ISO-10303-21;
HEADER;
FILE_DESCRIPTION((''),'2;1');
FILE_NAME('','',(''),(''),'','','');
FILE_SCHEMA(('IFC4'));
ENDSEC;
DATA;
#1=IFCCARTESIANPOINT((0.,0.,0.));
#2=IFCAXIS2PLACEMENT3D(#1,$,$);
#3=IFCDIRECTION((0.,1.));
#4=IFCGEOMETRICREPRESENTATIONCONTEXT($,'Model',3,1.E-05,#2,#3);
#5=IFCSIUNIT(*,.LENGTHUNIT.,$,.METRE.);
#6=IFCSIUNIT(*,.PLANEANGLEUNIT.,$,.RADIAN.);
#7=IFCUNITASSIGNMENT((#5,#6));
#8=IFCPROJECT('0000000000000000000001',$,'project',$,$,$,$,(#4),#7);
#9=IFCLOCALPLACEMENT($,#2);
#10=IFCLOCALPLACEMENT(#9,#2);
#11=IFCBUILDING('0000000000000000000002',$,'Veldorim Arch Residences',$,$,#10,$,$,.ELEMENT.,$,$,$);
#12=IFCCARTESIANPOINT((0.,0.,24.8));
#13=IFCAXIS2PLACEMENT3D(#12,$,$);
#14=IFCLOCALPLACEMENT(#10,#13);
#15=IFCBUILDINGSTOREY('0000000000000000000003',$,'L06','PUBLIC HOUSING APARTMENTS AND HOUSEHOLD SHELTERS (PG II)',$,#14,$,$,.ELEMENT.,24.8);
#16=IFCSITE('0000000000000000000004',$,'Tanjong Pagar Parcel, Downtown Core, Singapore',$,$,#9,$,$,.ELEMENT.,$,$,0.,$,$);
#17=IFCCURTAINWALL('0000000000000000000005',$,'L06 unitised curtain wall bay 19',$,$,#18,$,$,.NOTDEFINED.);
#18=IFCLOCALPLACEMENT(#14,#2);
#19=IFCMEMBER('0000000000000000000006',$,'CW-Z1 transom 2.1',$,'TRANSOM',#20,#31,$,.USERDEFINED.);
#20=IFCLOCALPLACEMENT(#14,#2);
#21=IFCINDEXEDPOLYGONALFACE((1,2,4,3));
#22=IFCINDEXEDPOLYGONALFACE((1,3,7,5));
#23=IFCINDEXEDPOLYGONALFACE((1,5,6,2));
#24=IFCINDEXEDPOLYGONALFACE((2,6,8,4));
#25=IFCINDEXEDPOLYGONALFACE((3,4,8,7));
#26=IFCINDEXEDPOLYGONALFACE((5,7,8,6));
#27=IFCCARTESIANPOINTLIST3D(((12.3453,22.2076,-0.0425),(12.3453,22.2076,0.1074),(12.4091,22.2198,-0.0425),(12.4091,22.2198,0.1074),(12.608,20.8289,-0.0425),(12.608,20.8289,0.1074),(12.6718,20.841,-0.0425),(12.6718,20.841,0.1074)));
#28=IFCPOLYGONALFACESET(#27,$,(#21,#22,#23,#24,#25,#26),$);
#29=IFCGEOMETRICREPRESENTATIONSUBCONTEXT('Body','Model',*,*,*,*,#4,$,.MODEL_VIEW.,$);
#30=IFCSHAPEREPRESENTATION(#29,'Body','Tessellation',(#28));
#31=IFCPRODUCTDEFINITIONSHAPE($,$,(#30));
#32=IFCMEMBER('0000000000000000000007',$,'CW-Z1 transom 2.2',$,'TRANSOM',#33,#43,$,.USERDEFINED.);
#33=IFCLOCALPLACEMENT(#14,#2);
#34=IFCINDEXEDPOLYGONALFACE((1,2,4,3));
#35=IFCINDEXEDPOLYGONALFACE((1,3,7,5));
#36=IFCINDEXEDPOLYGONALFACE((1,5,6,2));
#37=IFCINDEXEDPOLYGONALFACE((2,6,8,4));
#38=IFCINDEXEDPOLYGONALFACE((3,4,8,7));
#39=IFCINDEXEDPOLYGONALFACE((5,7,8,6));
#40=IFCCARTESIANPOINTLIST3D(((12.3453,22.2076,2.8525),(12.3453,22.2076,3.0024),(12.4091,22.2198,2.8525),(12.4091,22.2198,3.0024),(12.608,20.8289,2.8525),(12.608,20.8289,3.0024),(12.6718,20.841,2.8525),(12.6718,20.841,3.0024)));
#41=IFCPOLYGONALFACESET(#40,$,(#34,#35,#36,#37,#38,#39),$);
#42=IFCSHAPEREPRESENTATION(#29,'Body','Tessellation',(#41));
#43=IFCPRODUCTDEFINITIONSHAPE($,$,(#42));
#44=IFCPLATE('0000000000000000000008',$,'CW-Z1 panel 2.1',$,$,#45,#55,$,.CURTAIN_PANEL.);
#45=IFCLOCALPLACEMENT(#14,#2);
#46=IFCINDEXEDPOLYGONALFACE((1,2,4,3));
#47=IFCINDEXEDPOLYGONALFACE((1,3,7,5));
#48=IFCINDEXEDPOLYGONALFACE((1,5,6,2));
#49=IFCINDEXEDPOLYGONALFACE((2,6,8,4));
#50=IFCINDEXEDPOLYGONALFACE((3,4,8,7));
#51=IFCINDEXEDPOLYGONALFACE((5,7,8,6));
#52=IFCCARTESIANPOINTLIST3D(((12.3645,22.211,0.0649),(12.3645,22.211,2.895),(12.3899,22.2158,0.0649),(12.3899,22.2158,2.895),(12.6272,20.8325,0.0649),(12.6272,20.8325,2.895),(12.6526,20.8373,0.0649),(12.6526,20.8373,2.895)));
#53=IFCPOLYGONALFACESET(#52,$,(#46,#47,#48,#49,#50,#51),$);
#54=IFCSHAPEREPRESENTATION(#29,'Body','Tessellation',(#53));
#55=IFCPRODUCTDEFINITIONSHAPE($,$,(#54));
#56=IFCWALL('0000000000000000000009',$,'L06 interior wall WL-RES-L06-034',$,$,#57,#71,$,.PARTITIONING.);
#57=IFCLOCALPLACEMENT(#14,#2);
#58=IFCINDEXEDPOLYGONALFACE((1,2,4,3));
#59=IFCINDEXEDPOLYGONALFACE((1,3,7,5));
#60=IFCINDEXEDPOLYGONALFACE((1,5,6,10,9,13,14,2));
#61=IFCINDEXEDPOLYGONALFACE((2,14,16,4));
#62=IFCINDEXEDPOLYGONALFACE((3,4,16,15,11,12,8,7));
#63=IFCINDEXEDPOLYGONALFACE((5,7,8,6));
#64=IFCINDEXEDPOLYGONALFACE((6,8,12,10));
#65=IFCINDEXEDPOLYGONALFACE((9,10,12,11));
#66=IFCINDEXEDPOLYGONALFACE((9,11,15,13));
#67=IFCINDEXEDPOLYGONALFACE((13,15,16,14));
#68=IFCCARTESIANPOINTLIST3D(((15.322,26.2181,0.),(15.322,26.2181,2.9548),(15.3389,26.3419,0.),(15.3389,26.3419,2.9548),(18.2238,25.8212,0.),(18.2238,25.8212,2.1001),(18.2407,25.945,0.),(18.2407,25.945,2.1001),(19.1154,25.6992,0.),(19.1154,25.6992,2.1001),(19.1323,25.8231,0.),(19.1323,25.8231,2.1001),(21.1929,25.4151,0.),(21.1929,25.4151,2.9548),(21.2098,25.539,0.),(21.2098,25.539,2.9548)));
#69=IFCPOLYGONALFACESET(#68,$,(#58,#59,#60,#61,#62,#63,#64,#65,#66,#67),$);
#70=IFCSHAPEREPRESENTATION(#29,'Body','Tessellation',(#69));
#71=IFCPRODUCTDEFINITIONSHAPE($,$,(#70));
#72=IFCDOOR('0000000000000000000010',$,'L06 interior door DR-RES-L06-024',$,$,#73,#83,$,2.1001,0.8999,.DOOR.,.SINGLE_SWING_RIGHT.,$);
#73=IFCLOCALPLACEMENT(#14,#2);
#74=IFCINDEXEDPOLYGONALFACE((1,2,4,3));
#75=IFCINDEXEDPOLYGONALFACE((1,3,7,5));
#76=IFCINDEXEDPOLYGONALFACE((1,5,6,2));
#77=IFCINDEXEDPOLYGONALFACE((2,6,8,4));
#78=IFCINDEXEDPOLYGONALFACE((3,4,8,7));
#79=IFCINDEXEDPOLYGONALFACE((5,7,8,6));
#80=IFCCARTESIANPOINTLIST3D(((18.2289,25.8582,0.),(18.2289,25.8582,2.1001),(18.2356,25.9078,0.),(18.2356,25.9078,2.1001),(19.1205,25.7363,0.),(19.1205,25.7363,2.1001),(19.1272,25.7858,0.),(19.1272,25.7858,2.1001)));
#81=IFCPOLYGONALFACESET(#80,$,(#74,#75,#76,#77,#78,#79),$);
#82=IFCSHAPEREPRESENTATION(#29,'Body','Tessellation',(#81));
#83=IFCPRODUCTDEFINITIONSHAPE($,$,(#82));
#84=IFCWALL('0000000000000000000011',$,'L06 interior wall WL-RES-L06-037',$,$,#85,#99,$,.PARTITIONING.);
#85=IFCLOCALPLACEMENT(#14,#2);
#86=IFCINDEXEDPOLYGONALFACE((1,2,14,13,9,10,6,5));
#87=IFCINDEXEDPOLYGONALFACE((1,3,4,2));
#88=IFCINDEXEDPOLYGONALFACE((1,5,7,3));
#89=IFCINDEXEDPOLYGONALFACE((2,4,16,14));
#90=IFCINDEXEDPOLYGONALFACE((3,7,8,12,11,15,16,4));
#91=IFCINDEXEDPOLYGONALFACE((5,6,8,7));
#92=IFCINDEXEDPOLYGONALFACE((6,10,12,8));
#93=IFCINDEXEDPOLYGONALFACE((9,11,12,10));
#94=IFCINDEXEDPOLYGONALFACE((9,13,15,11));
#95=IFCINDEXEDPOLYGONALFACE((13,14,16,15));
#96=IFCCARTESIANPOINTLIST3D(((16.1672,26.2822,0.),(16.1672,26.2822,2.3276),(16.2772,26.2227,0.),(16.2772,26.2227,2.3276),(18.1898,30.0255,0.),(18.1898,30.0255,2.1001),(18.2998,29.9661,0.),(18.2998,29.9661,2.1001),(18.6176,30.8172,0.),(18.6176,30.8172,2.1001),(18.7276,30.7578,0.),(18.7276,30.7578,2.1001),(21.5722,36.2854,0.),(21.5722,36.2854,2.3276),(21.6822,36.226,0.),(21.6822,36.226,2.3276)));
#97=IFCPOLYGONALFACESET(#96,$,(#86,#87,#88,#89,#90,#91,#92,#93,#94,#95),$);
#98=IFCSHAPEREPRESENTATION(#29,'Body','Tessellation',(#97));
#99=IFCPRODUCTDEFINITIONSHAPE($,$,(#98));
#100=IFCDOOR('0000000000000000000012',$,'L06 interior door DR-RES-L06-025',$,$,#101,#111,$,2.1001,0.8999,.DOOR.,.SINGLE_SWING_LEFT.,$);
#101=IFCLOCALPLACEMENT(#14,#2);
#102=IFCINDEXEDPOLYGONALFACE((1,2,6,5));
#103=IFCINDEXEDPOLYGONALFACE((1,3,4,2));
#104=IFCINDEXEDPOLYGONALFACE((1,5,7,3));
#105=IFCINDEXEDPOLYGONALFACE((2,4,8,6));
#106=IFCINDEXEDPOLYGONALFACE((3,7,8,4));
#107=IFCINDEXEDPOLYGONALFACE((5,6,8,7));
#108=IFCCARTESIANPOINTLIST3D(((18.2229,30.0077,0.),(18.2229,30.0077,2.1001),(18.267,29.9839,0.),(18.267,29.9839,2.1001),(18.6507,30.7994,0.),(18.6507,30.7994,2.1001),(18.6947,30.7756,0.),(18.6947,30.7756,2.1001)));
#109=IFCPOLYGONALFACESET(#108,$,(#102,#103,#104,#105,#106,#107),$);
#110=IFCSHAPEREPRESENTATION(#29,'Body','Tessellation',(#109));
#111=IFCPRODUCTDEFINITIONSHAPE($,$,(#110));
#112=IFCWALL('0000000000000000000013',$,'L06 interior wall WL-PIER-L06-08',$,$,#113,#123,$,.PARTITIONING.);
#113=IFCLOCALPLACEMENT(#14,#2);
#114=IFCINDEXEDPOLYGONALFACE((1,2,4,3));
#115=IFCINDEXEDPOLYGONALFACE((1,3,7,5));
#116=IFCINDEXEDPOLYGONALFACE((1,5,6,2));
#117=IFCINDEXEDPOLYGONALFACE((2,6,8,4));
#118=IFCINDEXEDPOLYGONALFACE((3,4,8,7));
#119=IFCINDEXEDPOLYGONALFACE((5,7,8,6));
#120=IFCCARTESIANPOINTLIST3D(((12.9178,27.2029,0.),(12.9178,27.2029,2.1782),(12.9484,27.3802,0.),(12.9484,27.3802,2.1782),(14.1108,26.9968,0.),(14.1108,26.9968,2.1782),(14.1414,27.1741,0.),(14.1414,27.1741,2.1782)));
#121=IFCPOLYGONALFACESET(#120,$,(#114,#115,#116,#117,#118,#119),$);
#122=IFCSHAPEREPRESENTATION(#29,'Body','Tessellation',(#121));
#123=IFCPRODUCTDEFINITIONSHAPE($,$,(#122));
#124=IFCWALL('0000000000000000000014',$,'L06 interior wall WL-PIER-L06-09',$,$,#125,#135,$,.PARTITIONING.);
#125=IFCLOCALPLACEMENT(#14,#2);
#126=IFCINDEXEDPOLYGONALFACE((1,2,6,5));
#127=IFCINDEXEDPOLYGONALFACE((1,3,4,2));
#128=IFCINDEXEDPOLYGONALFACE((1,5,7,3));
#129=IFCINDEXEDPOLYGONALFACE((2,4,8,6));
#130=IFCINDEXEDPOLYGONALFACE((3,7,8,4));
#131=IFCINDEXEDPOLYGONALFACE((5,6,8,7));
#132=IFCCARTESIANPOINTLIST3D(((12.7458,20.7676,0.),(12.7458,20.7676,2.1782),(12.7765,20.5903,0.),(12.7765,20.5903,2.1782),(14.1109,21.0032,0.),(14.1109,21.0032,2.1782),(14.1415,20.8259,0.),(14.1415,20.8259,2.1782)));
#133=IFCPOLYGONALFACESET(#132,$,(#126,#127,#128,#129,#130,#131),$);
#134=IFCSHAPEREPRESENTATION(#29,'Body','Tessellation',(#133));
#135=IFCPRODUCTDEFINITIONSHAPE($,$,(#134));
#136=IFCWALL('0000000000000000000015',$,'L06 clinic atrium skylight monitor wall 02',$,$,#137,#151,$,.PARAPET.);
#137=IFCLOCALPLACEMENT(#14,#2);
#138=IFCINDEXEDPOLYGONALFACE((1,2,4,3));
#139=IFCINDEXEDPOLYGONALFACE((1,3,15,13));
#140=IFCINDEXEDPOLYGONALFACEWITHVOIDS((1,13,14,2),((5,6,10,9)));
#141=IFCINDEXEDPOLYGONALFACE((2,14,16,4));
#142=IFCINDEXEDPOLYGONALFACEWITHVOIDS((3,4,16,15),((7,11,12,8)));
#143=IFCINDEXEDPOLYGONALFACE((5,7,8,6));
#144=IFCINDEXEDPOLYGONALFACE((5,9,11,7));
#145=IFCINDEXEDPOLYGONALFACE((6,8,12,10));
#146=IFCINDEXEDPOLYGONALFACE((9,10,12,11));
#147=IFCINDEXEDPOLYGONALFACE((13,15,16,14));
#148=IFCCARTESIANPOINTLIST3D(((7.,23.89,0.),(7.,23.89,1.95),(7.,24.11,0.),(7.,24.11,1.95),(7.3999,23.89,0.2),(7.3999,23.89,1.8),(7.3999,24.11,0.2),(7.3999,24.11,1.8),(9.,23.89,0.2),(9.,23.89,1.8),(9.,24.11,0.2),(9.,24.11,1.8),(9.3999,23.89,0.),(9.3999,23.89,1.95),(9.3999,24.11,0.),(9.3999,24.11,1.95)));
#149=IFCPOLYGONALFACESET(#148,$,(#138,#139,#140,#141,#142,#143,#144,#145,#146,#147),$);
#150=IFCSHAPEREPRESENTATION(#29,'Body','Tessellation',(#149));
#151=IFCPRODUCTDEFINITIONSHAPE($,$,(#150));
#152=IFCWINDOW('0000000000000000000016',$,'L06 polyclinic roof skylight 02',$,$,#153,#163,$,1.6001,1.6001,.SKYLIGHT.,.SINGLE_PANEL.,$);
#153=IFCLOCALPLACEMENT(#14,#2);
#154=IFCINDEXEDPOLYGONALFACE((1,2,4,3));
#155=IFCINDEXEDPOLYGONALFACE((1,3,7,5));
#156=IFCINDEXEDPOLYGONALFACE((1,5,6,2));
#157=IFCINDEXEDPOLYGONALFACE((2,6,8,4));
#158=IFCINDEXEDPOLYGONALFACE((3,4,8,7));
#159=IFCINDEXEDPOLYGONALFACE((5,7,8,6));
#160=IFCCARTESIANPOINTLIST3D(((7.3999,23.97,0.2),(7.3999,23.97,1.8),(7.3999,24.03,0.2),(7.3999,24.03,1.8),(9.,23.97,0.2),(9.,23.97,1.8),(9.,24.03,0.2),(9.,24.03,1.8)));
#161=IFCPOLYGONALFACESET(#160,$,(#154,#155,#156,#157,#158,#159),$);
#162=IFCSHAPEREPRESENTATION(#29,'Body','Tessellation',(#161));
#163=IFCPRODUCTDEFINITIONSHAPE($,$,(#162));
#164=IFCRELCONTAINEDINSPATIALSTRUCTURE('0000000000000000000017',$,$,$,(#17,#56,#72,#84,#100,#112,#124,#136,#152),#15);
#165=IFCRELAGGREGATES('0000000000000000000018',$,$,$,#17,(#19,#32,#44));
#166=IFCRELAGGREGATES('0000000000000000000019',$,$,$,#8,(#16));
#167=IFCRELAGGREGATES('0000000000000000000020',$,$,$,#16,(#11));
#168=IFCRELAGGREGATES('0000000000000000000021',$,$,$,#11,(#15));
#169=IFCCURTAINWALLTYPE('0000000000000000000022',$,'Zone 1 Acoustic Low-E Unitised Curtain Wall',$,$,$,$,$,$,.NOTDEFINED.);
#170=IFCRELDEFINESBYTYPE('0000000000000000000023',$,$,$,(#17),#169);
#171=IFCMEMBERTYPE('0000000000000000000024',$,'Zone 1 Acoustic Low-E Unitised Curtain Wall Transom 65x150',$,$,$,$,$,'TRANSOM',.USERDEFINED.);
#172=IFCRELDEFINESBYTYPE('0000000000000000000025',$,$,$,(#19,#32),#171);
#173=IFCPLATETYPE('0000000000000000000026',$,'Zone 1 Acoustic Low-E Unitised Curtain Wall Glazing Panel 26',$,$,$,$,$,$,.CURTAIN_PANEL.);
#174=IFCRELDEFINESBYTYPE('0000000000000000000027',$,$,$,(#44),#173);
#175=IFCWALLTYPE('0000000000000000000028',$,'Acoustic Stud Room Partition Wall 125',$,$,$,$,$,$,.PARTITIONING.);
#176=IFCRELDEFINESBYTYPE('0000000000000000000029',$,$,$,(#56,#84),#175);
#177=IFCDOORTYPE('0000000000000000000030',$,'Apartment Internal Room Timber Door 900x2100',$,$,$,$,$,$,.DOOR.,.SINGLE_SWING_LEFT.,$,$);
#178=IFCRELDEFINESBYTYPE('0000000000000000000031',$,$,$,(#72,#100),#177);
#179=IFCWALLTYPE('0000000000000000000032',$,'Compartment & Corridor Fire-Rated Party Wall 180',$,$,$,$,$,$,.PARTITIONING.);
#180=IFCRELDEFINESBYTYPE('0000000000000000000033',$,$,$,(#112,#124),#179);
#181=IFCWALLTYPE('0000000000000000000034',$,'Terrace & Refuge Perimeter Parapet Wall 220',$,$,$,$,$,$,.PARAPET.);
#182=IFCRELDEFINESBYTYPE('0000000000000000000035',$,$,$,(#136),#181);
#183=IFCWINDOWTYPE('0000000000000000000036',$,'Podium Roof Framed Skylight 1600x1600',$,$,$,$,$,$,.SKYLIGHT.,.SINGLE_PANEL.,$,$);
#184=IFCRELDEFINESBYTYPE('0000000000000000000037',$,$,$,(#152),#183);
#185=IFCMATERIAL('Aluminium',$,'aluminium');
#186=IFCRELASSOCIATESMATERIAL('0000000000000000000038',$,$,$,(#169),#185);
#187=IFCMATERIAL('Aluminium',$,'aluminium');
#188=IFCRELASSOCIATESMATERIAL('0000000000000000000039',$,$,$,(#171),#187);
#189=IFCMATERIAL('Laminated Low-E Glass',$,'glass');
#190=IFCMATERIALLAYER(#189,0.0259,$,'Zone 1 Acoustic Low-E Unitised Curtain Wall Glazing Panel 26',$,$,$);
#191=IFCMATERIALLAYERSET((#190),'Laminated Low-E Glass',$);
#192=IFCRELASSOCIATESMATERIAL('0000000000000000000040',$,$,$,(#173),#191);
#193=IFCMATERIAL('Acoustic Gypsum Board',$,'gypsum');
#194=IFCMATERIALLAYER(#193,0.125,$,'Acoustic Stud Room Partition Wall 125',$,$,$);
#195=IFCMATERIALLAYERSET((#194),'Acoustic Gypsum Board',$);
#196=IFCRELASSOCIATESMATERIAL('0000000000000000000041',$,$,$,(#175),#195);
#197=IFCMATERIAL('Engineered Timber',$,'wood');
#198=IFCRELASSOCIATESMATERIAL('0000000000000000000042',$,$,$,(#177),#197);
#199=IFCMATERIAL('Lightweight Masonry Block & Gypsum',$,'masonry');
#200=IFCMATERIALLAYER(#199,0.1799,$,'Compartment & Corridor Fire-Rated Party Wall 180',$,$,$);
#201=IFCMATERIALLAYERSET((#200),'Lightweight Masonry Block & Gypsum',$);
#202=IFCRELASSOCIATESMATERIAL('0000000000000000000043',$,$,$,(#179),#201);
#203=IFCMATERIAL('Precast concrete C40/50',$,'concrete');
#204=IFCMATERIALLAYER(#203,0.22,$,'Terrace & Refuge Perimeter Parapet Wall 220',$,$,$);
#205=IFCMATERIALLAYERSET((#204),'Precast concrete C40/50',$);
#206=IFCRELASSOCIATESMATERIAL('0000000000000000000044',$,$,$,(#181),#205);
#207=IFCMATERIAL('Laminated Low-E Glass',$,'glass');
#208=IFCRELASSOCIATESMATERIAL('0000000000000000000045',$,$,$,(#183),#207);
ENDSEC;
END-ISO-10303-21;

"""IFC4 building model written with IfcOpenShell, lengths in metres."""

from ifc_helpers import new_model, si_unit, direction, frame, frame_2d, origin, origin_2d, place, context, subcontext, project, spatial, rectangle, extrude, material, layer, layer_set, material_profile, profile_set, type_object, element, fill, aggregate, save


model = new_model("IFC4")

# Units and contexts
model_context = context("Model", 3, precision=1e-05, world=origin(), true_north=direction((0.0, 1.0)))
body_context = subcontext(model_context, "Body", "Model", "MODEL_VIEW")
ifc_project = project(units=[si_unit("LENGTHUNIT", "METRE"), si_unit("PLANEANGLEUNIT", "RADIAN")], contexts=[model_context])

# Site, building, storey
site_placement = place(None, origin())
site = spatial("IfcSite", under=ifc_project, at=site_placement, Name="Tanjong Pagar Parcel, Downtown Core, Singapore", CompositionType="ELEMENT", RefElevation=0.0)
building_placement = place(site_placement, origin())
building = spatial("IfcBuilding", under=site, at=building_placement, Name="Veldorim Arch Residences", CompositionType="ELEMENT")
storey_placement = place(building_placement, frame((0.0, 0.0, 24.8)))
storey = spatial("IfcBuildingStorey", under=building, at=storey_placement, Name="L06", Description="PUBLIC HOUSING APARTMENTS AND HOUSEHOLD SHELTERS (PG II)", CompositionType="ELEMENT", Elevation=24.8)

# Shared definitions
ifc_material_1 = material(Name="Aluminium", Category="aluminium")
curtain_wall_type = type_object("IfcCurtainWallType", Name="Zone 1 Acoustic Low-E Unitised Curtain Wall", PredefinedType="NOTDEFINED", material=ifc_material_1)

# Curtain wall
curtain_wall_1_placement = place(storey_placement, origin())
curtain_wall_1 = element("IfcCurtainWall", 1, at=curtain_wall_1_placement, inside=storey, type_object=curtain_wall_type, Name="L06 unitised curtain wall bay 19", PredefinedType="NOTDEFINED")

# Members
ifc_material_2 = material(Name="Aluminium", Category="aluminium")
ifc_material_profile_1 = material_profile(ifc_material_2, rectangle(XDim=0.0649, YDim=0.1499, at=origin_2d()), Name="ALU_TRN_65x150")
ifc_profile_set_1 = profile_set([ifc_material_profile_1], Name="Aluminium")
member_type_1 = type_object("IfcMemberType", Name="Zone 1 Acoustic Low-E Unitised Curtain Wall Transom 65x150", ElementType="TRANSOM", PredefinedType="USERDEFINED", material=ifc_profile_set_1)
member_1_placement = place(storey_placement, frame((12.6399, 20.835, 0.0325), z_axis=(-0.187176, 0.982326, 0.0), x_axis=(-0.982326, -0.187176, 0.0)))
member_1 = element("IfcMember", 2, at=member_1_placement, type_object=member_type_1, Name="CW-Z1 transom 2.1", ObjectType="TRANSOM", PredefinedType="USERDEFINED", context=body_context, shape_type="SweptSolid", body=[
    extrude(rectangle(XDim=0.0649, YDim=0.1499, at=origin_2d()), origin(), (0.0, 0.0, 1.0), 1.4036),
])
member_2_placement = place(storey_placement, frame((12.6399, 20.835, 2.9275), z_axis=(-0.187176, 0.982326, 0.0), x_axis=(-0.982326, -0.187176, 0.0)))
member_2 = element("IfcMember", 3, at=member_2_placement, type_object=member_type_1, Name="CW-Z1 transom 2.2", ObjectType="TRANSOM", PredefinedType="USERDEFINED", context=body_context, shape_type="SweptSolid", body=[
    extrude(rectangle(XDim=0.0649, YDim=0.1499, at=origin_2d()), origin(), (0.0, 0.0, 1.0), 1.4036),
])

# Plate
ifc_material_3 = material(Name="Laminated Low-E Glass", Category="glass")
ifc_layer_1 = layer(ifc_material_3, 0.0259, Name="Zone 1 Acoustic Low-E Unitised Curtain Wall Glazing Panel 26")
ifc_layer_set_1 = layer_set([ifc_layer_1], Name="Laminated Low-E Glass")
plate_type = type_object("IfcPlateType", Name="Zone 1 Acoustic Low-E Unitised Curtain Wall Glazing Panel 26", PredefinedType="CURTAIN_PANEL", material=ifc_layer_set_1)
plate_placement = place(storey_placement, frame((12.5085, 21.5242, 0.0649), z_axis=(0.0, 0.0, 1.0), x_axis=(-0.187222, 0.982318, 0.0)))
plate = element("IfcPlate", 4, at=plate_placement, type_object=plate_type, Name="CW-Z1 panel 2.1", PredefinedType="CURTAIN_PANEL", context=body_context, shape_type="SweptSolid", body=[
    extrude(rectangle(XDim=1.4033, YDim=0.0259, at=origin_2d()), origin(), (0.0, 0.0, 1.0), 2.8301),
])
aggregate(curtain_wall_1, [member_1, member_2, plate])

# Walls, openings, doors
ifc_material_4 = material(Name="Acoustic Gypsum Board", Category="gypsum")
ifc_layer_2 = layer(ifc_material_4, 0.125, Name="Acoustic Stud Room Partition Wall 125")
ifc_layer_set_2 = layer_set([ifc_layer_2], Name="Acoustic Gypsum Board")
wall_type_1 = type_object("IfcWallType", Name="Acoustic Stud Room Partition Wall 125", PredefinedType="PARTITIONING", material=ifc_layer_set_2)
wall_1_placement = place(storey_placement, frame((15.3303, 26.28, 0.0), z_axis=(0.0, 0.0, 1.0), x_axis=(0.990776, -0.135512, 0.0)))
wall_1 = element("IfcWall", 5, at=wall_1_placement, inside=storey, type_object=wall_type_1, Name="L06 interior wall WL-RES-L06-034", PredefinedType="PARTITIONING", context=body_context, shape_type="SweptSolid", body=[
    extrude(rectangle(XDim=5.9255, YDim=0.125, at=frame_2d((2.9629, 0.0))), origin(), (0.0, 0.0, 1.0), 2.9548),
])
opening_1_placement = place(wall_1_placement, frame((2.929, 0.0, 0.0)))
opening_1 = element("IfcOpeningElement", 6, at=opening_1_placement, cuts=wall_1, PredefinedType="OPENING", context=body_context, shape_type="SweptSolid", body=[
    extrude(rectangle(XDim=0.8999, YDim=2.1001, at=frame_2d((0.45, 1.05))), frame((0.0, 0.0725, 0.0), z_axis=(0.0, -1.0, 0.0), x_axis=(1.0, 0.0, 0.0)), (0.0, 0.0, 1.0), 0.145),
])
ifc_material_5 = material(Name="Engineered Timber", Category="wood")
door_type_1 = type_object("IfcDoorType", Name="Apartment Internal Room Timber Door 900x2100", OperationType="SINGLE_SWING_LEFT", PredefinedType="DOOR", material=ifc_material_5)
door_1_placement = place(opening_1_placement, origin())
door_1 = element("IfcDoor", 7, at=door_1_placement, inside=storey, type_object=door_type_1, Name="L06 interior door DR-RES-L06-024", OperationType="SINGLE_SWING_RIGHT", OverallHeight=2.1001, OverallWidth=0.8999, PredefinedType="DOOR", context=body_context, shape_type="SweptSolid", body=[
    extrude(rectangle(XDim=0.8999, YDim=2.1001, at=frame_2d((0.45, 1.05))), frame((0.0, 0.0249, 0.0), z_axis=(0.0, -1.0, 0.0), x_axis=(1.0, 0.0, 0.0)), (0.0, 0.0, 1.0), 0.05),
])
fill(opening_1, door_1)
wall_2_placement = place(storey_placement, frame((16.2222, 26.2524, 0.0), z_axis=(0.0, 0.0, 1.0), x_axis=(0.475375, 0.879783, 0.0)))
wall_2 = element("IfcWall", 8, at=wall_2_placement, inside=storey, type_object=wall_type_1, Name="L06 interior wall WL-RES-L06-037", PredefinedType="PARTITIONING", context=body_context, shape_type="SweptSolid", body=[
    extrude(rectangle(XDim=11.3701, YDim=0.125, at=frame_2d((5.6851, 0.0))), origin(), (0.0, 0.0, 1.0), 2.3276),
])
opening_2_placement = place(wall_2_placement, frame((4.2549, 0.0, 0.0)))
opening_2 = element("IfcOpeningElement", 9, at=opening_2_placement, cuts=wall_2, PredefinedType="OPENING", context=body_context, shape_type="SweptSolid", body=[
    extrude(rectangle(XDim=0.8999, YDim=2.1001, at=frame_2d((0.45, 1.05))), frame((0.0, 0.0725, 0.0), z_axis=(0.0, -1.0, 0.0), x_axis=(1.0, 0.0, 0.0)), (0.0, 0.0, 1.0), 0.145),
])
door_2_placement = place(opening_2_placement, origin())
door_2 = element("IfcDoor", 10, at=door_2_placement, inside=storey, type_object=door_type_1, Name="L06 interior door DR-RES-L06-025", OperationType="SINGLE_SWING_LEFT", OverallHeight=2.1001, OverallWidth=0.8999, PredefinedType="DOOR", context=body_context, shape_type="SweptSolid", body=[
    extrude(rectangle(XDim=0.8999, YDim=2.1001, at=frame_2d((0.45, 1.05))), frame((0.0, 0.0249, 0.0), z_axis=(0.0, -1.0, 0.0), x_axis=(1.0, 0.0, 0.0)), (0.0, 0.0, 1.0), 0.05),
])
fill(opening_2, door_2)

# Walls
ifc_material_6 = material(Name="Lightweight Masonry Block & Gypsum", Category="masonry")
ifc_layer_3 = layer(ifc_material_6, 0.1799, Name="Compartment & Corridor Fire-Rated Party Wall 180")
ifc_layer_set_3 = layer_set([ifc_layer_3], Name="Lightweight Masonry Block & Gypsum")
wall_type_2 = type_object("IfcWallType", Name="Compartment & Corridor Fire-Rated Party Wall 180", PredefinedType="PARTITIONING", material=ifc_layer_set_3)
wall_3_placement = place(storey_placement, frame((14.1262, 27.0854, 0.0), z_axis=(0.0, 0.0, 1.0), x_axis=(-0.985412, 0.170184, 0.0)))
element("IfcWall", 11, at=wall_3_placement, inside=storey, type_object=wall_type_2, Name="L06 interior wall WL-PIER-L06-08", PredefinedType="PARTITIONING", context=body_context, shape_type="SweptSolid", body=[
    extrude(rectangle(XDim=1.2107, YDim=0.1799, at=frame_2d((0.6055, 0.0))), origin(), (0.0, 0.0, 1.0), 2.1782),
])
wall_4_placement = place(storey_placement, frame((14.1262, 20.9146, 0.0), z_axis=(0.0, 0.0, 1.0), x_axis=(-0.98543, -0.170084, 0.0)))
element("IfcWall", 12, at=wall_4_placement, inside=storey, type_object=wall_type_2, Name="L06 interior wall WL-PIER-L06-09", PredefinedType="PARTITIONING", context=body_context, shape_type="SweptSolid", body=[
    extrude(rectangle(XDim=1.3853, YDim=0.1799, at=frame_2d((0.6926, 0.0))), origin(), (0.0, 0.0, 1.0), 2.1782),
])

# Wall, opening, window
ifc_material_7 = material(Name="Precast concrete C40/50", Category="concrete")
ifc_layer_4 = layer(ifc_material_7, 0.22, Name="Terrace & Refuge Perimeter Parapet Wall 220")
ifc_layer_set_4 = layer_set([ifc_layer_4], Name="Precast concrete C40/50")
wall_type_3 = type_object("IfcWallType", Name="Terrace & Refuge Perimeter Parapet Wall 220", PredefinedType="PARAPET", material=ifc_layer_set_4)
wall_5_placement = place(storey_placement, frame((7.0, 24.0, 0.0), z_axis=(0.0, 0.0, 1.0), x_axis=(1.0, 0.0, 0.0)))
wall_5 = element("IfcWall", 13, at=wall_5_placement, inside=storey, type_object=wall_type_3, Name="L06 clinic atrium skylight monitor wall 02", PredefinedType="PARAPET", context=body_context, shape_type="SweptSolid", body=[
    extrude(rectangle(XDim=2.3999, YDim=0.22, at=frame_2d((1.2, 0.0))), origin(), (0.0, 0.0, 1.0), 1.95),
])
opening_3_placement = place(wall_5_placement, frame((0.3999, 0.0, 0.2)))
opening_3 = element("IfcOpeningElement", 14, at=opening_3_placement, cuts=wall_5, PredefinedType="OPENING", context=body_context, shape_type="SweptSolid", body=[
    extrude(rectangle(XDim=1.6001, YDim=1.6001, at=frame_2d((0.8, 0.8))), frame((0.0, 0.1199, 0.0), z_axis=(0.0, -1.0, 0.0), x_axis=(1.0, 0.0, 0.0)), (0.0, 0.0, 1.0), 0.24),
])
ifc_material_8 = material(Name="Laminated Low-E Glass", Category="glass")
window_type = type_object("IfcWindowType", Name="Podium Roof Framed Skylight 1600x1600", PartitioningType="SINGLE_PANEL", PredefinedType="SKYLIGHT", material=ifc_material_8)
window_placement = place(opening_3_placement, origin())
window = element("IfcWindow", 15, at=window_placement, inside=storey, type_object=window_type, Name="L06 polyclinic roof skylight 02", OverallHeight=1.6001, OverallWidth=1.6001, PartitioningType="SINGLE_PANEL", PredefinedType="SKYLIGHT", context=body_context, shape_type="SweptSolid", body=[
    extrude(rectangle(XDim=1.6001, YDim=1.6001, at=frame_2d((0.8, 0.8))), frame((0.0, 0.03, 0.0), z_axis=(0.0, -1.0, 0.0), x_axis=(1.0, 0.0, 0.0)), (0.0, 0.0, 1.0), 0.0601),
])
fill(opening_3, window)

save(model, "model.ifc")
